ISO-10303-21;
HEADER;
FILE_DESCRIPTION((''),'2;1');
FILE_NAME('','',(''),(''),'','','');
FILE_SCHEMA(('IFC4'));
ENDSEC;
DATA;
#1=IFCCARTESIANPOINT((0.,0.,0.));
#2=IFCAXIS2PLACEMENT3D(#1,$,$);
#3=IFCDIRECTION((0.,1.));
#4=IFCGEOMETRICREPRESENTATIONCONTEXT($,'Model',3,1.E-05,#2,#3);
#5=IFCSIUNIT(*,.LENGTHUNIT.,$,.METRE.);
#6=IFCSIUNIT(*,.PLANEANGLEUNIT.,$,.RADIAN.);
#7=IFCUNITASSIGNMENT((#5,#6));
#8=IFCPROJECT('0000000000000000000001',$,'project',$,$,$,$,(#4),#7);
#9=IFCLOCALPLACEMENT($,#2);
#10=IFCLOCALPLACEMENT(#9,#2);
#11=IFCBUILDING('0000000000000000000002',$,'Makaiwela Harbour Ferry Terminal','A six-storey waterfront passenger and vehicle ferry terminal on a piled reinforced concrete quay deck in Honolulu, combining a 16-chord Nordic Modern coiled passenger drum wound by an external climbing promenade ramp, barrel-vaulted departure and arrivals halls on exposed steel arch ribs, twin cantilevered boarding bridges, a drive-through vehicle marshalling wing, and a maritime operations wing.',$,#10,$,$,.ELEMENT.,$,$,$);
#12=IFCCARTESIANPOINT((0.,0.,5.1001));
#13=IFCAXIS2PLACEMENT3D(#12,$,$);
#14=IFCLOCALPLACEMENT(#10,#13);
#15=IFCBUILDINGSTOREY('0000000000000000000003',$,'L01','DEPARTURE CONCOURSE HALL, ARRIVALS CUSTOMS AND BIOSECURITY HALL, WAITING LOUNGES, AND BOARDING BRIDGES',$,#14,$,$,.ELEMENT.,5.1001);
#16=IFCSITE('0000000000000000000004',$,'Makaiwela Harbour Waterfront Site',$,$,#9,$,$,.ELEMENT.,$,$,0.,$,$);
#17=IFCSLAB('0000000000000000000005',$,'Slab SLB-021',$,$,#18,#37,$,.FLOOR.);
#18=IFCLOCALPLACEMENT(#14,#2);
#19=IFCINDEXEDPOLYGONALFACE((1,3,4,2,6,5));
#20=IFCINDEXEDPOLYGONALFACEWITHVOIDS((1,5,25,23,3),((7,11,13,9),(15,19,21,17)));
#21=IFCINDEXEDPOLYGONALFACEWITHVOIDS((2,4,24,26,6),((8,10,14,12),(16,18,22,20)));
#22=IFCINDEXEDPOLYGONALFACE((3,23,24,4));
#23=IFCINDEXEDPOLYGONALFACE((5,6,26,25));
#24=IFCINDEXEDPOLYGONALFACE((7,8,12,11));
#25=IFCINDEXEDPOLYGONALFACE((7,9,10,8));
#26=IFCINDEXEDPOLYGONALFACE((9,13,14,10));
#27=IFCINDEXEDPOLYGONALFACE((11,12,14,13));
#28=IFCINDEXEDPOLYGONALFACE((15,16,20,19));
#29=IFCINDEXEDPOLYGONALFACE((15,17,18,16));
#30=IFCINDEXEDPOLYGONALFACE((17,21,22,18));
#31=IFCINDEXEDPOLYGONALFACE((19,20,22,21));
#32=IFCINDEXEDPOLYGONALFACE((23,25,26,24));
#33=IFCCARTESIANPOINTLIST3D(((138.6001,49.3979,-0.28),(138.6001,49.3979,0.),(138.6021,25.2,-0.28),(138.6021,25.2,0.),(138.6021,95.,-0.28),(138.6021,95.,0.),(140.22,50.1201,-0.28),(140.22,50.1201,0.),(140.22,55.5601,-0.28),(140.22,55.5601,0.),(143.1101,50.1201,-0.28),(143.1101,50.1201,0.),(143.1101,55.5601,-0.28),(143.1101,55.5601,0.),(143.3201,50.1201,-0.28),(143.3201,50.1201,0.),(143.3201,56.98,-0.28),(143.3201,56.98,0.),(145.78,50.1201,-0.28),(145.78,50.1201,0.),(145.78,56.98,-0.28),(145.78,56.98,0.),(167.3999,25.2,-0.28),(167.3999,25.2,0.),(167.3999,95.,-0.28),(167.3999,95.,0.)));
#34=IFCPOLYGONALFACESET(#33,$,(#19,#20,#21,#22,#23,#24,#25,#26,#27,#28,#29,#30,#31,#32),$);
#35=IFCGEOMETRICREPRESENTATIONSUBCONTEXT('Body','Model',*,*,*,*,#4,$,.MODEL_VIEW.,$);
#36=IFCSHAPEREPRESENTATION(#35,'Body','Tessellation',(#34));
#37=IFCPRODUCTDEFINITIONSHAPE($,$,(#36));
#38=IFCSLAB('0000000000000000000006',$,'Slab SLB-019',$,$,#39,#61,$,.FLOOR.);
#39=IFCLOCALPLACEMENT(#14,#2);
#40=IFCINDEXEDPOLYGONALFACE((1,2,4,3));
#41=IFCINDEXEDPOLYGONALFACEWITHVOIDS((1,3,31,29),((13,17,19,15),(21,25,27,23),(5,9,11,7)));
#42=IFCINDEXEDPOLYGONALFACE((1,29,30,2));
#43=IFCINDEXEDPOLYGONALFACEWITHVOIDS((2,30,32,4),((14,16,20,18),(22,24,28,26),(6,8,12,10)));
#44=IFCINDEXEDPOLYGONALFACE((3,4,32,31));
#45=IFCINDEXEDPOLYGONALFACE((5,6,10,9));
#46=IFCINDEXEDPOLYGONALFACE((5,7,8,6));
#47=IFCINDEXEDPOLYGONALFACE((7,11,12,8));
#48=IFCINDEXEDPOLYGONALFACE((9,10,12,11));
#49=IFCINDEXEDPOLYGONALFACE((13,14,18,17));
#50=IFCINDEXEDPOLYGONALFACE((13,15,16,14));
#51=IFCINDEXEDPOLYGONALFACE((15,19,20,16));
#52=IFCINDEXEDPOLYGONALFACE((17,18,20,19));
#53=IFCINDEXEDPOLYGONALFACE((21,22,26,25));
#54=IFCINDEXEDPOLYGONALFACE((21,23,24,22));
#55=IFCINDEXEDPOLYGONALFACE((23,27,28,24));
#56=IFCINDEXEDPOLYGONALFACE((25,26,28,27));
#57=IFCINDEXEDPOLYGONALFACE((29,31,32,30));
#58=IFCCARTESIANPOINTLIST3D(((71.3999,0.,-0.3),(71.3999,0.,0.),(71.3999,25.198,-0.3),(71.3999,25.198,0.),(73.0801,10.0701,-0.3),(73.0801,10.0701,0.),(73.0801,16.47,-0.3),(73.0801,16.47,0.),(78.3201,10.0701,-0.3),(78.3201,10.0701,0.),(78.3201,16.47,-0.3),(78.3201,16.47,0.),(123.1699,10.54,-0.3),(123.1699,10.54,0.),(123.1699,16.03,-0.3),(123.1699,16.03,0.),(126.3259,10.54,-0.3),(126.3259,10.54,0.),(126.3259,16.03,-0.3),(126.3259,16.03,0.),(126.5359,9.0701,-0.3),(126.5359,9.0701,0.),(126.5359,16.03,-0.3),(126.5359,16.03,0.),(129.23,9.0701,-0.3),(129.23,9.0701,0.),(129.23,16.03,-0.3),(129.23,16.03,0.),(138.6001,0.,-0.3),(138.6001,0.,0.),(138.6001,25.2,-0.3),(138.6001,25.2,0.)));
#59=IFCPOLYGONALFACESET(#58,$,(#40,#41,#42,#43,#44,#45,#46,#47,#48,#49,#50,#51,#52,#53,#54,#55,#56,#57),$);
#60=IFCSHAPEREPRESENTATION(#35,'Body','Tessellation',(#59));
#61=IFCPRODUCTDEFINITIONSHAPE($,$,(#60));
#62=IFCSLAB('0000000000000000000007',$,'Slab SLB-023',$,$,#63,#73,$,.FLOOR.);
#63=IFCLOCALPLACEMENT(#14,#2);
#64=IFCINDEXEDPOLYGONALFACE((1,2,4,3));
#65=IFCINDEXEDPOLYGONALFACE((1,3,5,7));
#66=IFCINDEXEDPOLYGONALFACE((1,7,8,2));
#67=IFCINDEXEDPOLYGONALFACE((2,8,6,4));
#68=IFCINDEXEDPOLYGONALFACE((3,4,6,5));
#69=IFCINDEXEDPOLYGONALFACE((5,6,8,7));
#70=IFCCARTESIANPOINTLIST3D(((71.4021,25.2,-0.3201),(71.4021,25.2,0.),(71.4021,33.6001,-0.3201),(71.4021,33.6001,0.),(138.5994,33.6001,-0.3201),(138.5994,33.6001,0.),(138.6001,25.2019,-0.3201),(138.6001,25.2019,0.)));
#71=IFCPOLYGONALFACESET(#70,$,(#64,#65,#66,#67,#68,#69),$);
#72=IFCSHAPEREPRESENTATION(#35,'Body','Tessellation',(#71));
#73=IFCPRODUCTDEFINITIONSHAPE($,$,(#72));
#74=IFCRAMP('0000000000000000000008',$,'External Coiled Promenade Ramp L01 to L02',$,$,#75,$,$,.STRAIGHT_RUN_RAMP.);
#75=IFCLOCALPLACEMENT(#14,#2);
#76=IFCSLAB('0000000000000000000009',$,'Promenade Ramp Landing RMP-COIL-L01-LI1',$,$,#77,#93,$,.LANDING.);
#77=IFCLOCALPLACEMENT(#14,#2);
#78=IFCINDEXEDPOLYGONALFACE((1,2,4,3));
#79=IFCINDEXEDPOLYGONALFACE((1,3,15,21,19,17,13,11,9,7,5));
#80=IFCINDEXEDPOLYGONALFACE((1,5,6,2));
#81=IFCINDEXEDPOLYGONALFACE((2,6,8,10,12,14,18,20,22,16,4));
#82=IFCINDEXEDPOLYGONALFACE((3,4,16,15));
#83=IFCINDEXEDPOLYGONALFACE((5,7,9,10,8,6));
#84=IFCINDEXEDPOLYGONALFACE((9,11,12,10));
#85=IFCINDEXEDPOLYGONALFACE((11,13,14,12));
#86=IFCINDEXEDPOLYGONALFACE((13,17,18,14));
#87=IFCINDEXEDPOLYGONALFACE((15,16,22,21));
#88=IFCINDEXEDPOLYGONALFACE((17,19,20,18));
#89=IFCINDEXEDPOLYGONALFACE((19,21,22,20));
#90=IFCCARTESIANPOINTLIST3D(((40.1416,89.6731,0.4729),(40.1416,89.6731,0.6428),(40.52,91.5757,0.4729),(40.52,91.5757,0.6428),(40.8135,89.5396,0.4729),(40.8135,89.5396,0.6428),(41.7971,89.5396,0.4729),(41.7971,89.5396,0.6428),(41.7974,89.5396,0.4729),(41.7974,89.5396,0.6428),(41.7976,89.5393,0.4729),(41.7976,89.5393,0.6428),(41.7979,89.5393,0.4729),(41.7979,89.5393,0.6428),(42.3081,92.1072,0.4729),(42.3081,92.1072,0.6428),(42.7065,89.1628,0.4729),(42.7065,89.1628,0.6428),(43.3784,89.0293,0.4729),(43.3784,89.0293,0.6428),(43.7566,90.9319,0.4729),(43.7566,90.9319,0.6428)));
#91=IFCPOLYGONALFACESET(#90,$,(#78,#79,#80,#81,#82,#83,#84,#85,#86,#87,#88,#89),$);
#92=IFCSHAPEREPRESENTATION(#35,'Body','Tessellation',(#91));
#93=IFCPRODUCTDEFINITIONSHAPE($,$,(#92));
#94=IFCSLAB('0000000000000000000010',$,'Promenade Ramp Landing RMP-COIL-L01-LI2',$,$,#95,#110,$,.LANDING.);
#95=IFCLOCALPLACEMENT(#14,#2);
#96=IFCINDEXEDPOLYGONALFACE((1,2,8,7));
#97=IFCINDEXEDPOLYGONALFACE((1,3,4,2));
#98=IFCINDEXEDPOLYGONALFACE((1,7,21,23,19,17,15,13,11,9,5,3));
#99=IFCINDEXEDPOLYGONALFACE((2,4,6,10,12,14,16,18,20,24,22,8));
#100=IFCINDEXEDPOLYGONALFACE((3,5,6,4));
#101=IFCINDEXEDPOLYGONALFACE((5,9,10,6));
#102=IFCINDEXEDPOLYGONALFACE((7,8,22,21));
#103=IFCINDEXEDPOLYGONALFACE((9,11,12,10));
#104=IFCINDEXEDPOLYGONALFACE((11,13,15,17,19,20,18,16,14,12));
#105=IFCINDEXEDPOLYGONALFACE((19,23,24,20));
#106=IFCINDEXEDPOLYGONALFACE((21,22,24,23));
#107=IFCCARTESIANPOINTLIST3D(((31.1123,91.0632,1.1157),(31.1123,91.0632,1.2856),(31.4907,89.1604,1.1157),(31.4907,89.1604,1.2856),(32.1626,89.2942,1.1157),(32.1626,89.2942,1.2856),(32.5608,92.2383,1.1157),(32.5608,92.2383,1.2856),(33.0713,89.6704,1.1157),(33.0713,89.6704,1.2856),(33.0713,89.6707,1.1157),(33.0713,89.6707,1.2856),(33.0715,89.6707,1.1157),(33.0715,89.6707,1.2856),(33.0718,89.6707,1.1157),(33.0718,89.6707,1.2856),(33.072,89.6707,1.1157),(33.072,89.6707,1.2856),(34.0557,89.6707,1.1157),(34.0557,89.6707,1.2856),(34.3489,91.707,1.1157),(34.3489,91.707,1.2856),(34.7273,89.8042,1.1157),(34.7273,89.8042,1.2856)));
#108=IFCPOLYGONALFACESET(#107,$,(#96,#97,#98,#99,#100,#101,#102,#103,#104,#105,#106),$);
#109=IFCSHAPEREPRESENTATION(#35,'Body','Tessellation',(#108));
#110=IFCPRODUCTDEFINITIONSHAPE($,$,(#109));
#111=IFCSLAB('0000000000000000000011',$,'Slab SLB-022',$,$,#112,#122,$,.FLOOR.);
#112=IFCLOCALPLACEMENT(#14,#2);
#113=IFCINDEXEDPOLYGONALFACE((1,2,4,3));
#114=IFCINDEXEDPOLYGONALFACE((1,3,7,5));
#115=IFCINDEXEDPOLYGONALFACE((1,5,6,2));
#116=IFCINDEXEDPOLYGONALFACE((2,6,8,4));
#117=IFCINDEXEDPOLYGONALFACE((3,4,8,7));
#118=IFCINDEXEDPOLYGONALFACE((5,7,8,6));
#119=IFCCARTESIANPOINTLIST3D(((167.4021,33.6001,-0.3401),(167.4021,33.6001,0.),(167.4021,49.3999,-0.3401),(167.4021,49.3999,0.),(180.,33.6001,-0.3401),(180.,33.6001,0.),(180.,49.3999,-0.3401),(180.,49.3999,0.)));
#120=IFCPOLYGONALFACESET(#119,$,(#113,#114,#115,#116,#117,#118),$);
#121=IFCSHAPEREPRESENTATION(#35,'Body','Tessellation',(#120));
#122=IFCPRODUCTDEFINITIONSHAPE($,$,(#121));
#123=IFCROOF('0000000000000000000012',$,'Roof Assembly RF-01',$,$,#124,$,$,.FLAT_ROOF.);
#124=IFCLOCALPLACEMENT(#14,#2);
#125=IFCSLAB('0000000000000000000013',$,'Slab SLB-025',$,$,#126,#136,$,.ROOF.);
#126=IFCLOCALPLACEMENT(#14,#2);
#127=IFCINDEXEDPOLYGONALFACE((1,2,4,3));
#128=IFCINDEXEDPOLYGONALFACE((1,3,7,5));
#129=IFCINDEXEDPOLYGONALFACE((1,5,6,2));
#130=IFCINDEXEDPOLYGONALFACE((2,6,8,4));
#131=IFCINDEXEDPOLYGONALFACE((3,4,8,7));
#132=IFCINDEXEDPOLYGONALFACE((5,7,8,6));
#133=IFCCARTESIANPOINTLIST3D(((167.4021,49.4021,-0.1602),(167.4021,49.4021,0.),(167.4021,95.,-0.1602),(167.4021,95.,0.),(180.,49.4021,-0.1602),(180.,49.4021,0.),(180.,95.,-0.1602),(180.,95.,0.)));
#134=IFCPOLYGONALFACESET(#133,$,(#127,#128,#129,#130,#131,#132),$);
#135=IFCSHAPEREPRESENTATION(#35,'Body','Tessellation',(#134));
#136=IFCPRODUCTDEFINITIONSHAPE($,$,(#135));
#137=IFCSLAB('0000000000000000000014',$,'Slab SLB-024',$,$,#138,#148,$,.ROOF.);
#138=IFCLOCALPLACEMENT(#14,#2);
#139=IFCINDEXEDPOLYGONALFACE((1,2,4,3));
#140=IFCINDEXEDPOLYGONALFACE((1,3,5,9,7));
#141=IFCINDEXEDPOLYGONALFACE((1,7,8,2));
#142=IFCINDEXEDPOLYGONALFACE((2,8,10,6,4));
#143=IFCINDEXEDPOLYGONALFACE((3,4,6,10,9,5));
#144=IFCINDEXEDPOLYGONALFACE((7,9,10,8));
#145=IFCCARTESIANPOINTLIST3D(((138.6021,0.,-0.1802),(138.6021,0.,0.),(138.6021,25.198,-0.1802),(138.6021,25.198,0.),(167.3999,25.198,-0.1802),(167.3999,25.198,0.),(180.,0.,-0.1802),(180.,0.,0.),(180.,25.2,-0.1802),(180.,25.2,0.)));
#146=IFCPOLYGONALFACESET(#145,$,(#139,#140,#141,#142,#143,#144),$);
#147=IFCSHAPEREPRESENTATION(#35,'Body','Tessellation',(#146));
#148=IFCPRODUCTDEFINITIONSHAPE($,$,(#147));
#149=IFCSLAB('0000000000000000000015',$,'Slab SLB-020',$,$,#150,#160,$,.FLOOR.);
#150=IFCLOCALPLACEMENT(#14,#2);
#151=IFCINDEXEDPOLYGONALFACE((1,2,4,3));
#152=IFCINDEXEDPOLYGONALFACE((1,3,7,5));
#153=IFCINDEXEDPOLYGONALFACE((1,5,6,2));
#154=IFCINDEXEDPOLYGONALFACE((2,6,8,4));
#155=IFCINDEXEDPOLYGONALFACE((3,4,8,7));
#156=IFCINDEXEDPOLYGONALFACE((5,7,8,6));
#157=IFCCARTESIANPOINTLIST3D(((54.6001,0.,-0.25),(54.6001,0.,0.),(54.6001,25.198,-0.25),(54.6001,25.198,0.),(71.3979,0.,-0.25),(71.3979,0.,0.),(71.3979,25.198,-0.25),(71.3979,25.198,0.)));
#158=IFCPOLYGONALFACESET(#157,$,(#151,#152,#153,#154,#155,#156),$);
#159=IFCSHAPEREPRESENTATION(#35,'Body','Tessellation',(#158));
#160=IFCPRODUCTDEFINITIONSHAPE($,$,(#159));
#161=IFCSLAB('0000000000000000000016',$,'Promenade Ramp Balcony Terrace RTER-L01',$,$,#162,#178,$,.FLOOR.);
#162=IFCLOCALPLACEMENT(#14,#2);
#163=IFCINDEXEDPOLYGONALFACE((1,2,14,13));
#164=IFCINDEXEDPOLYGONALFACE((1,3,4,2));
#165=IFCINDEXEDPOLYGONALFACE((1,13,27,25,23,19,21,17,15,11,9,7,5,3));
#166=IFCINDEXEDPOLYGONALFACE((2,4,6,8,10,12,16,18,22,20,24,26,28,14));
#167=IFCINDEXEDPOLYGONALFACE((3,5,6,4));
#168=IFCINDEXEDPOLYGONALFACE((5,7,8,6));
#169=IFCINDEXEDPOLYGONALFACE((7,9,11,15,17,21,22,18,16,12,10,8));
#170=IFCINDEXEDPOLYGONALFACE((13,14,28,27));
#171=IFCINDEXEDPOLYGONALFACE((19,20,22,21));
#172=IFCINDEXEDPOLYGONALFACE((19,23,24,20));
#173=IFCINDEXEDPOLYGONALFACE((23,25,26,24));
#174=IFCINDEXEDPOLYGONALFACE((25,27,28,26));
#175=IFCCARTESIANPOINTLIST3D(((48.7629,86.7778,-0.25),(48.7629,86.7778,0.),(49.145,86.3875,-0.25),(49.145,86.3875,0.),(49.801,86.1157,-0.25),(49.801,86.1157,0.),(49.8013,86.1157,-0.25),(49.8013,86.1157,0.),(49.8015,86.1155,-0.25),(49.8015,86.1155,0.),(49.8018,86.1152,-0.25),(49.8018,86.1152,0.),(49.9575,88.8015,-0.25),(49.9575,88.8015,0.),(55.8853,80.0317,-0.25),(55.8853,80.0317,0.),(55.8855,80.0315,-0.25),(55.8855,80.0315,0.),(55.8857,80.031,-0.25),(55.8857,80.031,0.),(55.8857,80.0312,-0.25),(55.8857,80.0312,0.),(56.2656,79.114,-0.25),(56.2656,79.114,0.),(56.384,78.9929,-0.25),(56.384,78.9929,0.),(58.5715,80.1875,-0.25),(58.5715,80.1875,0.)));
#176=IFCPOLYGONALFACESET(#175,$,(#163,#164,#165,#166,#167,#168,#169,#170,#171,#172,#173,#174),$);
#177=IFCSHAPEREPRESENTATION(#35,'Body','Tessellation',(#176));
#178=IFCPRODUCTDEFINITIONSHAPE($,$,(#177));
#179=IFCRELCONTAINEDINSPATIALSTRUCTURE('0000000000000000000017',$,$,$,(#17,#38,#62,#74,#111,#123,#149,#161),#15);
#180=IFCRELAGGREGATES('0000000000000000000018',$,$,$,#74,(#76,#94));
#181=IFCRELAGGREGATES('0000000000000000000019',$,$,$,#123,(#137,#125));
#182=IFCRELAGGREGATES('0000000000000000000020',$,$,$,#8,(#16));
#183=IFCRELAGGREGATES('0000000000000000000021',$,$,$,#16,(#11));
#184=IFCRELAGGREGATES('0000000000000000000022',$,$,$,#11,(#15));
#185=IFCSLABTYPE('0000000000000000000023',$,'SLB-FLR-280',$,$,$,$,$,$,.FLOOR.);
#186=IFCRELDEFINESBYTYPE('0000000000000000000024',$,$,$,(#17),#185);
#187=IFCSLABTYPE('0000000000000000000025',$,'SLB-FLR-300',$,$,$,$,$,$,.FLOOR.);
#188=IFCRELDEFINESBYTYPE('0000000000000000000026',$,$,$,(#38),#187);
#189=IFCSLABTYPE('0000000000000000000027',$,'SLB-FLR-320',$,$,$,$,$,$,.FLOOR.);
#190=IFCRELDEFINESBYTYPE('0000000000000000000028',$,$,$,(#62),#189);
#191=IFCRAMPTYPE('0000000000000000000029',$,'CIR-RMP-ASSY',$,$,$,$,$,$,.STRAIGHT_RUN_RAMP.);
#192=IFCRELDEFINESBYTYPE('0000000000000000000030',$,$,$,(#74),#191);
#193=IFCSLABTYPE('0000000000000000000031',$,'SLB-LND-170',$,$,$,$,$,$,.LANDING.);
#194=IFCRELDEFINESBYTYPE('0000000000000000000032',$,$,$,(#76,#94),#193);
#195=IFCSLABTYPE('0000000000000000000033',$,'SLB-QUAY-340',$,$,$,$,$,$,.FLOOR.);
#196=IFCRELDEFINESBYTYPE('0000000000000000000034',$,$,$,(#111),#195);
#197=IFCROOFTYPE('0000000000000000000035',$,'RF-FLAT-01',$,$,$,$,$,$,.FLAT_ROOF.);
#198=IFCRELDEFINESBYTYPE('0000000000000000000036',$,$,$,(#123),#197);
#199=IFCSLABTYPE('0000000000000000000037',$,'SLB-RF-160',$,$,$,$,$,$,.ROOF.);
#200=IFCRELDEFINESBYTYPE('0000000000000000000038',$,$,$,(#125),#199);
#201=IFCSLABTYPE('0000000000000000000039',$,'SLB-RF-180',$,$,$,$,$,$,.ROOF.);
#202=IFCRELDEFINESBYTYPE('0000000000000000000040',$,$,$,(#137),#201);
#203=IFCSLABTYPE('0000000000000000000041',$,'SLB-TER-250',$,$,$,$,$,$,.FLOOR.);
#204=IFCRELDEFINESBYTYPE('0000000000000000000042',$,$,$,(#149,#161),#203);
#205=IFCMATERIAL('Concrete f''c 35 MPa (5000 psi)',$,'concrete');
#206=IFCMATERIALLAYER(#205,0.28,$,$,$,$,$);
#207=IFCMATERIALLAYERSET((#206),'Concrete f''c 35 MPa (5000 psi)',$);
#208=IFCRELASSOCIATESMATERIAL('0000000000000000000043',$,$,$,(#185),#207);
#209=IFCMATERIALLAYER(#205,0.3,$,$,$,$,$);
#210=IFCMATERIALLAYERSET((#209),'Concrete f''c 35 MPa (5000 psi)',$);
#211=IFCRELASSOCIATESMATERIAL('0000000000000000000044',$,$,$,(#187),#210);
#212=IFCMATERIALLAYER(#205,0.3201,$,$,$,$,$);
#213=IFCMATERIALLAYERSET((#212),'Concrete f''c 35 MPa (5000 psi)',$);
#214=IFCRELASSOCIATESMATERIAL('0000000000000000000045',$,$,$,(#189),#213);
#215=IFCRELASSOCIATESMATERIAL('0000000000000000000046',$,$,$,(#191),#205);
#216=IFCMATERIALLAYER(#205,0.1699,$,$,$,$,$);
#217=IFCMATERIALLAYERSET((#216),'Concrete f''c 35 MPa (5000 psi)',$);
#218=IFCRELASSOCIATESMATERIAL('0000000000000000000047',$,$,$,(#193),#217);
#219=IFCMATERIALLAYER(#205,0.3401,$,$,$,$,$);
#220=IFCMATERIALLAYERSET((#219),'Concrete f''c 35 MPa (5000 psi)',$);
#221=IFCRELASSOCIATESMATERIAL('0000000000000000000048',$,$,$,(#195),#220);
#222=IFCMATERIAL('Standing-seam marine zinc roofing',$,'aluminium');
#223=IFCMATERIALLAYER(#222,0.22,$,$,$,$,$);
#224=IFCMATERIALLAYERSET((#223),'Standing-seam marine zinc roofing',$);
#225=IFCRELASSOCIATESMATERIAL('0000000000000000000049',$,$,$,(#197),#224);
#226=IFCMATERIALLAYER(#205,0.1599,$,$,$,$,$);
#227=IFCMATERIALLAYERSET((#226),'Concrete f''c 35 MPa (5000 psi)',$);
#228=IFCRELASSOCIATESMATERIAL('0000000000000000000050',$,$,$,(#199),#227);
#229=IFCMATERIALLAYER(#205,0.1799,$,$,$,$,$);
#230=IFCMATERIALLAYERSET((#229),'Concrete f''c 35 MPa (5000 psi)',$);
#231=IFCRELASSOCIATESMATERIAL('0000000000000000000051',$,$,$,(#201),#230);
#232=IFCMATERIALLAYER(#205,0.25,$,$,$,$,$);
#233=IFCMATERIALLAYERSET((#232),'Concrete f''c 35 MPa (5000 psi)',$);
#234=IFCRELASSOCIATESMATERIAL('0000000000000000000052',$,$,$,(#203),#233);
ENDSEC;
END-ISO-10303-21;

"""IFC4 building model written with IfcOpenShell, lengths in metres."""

from ifc_helpers import new_model, si_unit, direction, frame, origin, place, context, subcontext, project, spatial, polyline, outline, extrude, material, layer, layer_set, type_object, element, aggregate, save


model = new_model("IFC4")

# Units and contexts
model_context = context("Model", 3, precision=1e-05, world=origin(), true_north=direction((0.0, 1.0)))
body_context = subcontext(model_context, "Body", "Model", "MODEL_VIEW")
ifc_project = project(units=[si_unit("LENGTHUNIT", "METRE"), si_unit("PLANEANGLEUNIT", "RADIAN")], contexts=[model_context])

# Site, building, storey
site_placement = place(None, origin())
site = spatial("IfcSite", under=ifc_project, at=site_placement, Name="Makaiwela Harbour Waterfront Site", CompositionType="ELEMENT", RefElevation=0.0)
building_placement = place(site_placement, origin())
building = spatial("IfcBuilding", under=site, at=building_placement, Name="Makaiwela Harbour Ferry Terminal", Description="A six-storey waterfront passenger and vehicle ferry terminal on a piled reinforced concrete quay deck in Honolulu, combining a 16-chord Nordic Modern coiled passenger drum wound by an external climbing promenade ramp, barrel-vaulted departure and arrivals halls on exposed steel arch ribs, twin cantilevered boarding bridges, a drive-through vehicle marshalling wing, and a maritime operations wing.", CompositionType="ELEMENT")
storey_placement = place(building_placement, frame((0.0, 0.0, 5.1001)))
storey = spatial("IfcBuildingStorey", under=building, at=storey_placement, Name="L01", Description="DEPARTURE CONCOURSE HALL, ARRIVALS CUSTOMS AND BIOSECURITY HALL, WAITING LOUNGES, AND BOARDING BRIDGES", CompositionType="ELEMENT", Elevation=5.1001)

# Slabs
ifc_material_1 = material(Name="Concrete f'c 35 MPa (5000 psi)", Category="concrete")
ifc_layer_1 = layer(ifc_material_1, 0.28)
ifc_layer_set_1 = layer_set([ifc_layer_1], Name="Concrete f'c 35 MPa (5000 psi)")
slab_type_1 = type_object("IfcSlabType", Name="SLB-FLR-280", PredefinedType="FLOOR", material=ifc_layer_set_1)
slab_1_placement = place(storey_placement, frame((0.0, 0.0, -0.28)))
element("IfcSlab", 1, at=slab_1_placement, inside=storey, type_object=slab_type_1, Name="Slab SLB-021", PredefinedType="FLOOR", context=body_context, shape_type="SweptSolid", body=[
    extrude(outline(polyline([(138.6021, 95.0), (138.6001, 49.3979), (138.6021, 25.2), (167.3999, 25.2), (167.3999, 95.0), (138.6021, 95.0)]), holes=[polyline([(140.22, 50.1201), (140.22, 55.5601), (143.1101, 55.5601), (143.1101, 50.1201), (140.22, 50.1201)]), polyline([(143.3201, 50.1201), (143.3201, 56.98), (145.78, 56.98), (145.78, 50.1201), (143.3201, 50.1201)])]), origin(), (0.0, 0.0, 1.0), 0.28),
])
ifc_layer_2 = layer(ifc_material_1, 0.3)
ifc_layer_set_2 = layer_set([ifc_layer_2], Name="Concrete f'c 35 MPa (5000 psi)")
slab_type_2 = type_object("IfcSlabType", Name="SLB-FLR-300", PredefinedType="FLOOR", material=ifc_layer_set_2)
slab_2_placement = place(storey_placement, frame((0.0, 0.0, -0.3)))
element("IfcSlab", 2, at=slab_2_placement, inside=storey, type_object=slab_type_2, Name="Slab SLB-019", PredefinedType="FLOOR", context=body_context, shape_type="SweptSolid", body=[
    extrude(outline(polyline([(71.3999, 25.198), (71.3999, 0.0), (138.6001, 0.0), (138.6001, 25.2), (71.3999, 25.198)]), holes=[polyline([(123.1699, 10.54), (123.1699, 16.03), (126.3259, 16.03), (126.3259, 10.54), (123.1699, 10.54)]), polyline([(126.5359, 9.0701), (126.5359, 16.03), (129.23, 16.03), (129.23, 9.0701), (126.5359, 9.0701)]), polyline([(73.0801, 10.0701), (73.0801, 16.47), (78.3201, 16.47), (78.3201, 10.0701), (73.0801, 10.0701)])]), origin(), (0.0, 0.0, 1.0), 0.3),
])
ifc_layer_3 = layer(ifc_material_1, 0.3201)
ifc_layer_set_3 = layer_set([ifc_layer_3], Name="Concrete f'c 35 MPa (5000 psi)")
slab_type_3 = type_object("IfcSlabType", Name="SLB-FLR-320", PredefinedType="FLOOR", material=ifc_layer_set_3)
slab_3_placement = place(storey_placement, frame((0.0, 0.0, -0.3201)))
element("IfcSlab", 3, at=slab_3_placement, inside=storey, type_object=slab_type_3, Name="Slab SLB-023", PredefinedType="FLOOR", context=body_context, shape_type="SweptSolid", body=[
    extrude(outline(polyline([(71.4021, 33.6001), (71.4021, 25.2), (138.6001, 25.2019), (138.5994, 33.6001), (71.4021, 33.6001)])), origin(), (0.0, 0.0, 1.0), 0.3201),
])

# Ramp, slabs
ramp_type = type_object("IfcRampType", Name="CIR-RMP-ASSY", PredefinedType="STRAIGHT_RUN_RAMP", material=ifc_material_1)
ramp_placement = place(storey_placement, origin())
ramp = element("IfcRamp", 4, at=ramp_placement, inside=storey, type_object=ramp_type, Name="External Coiled Promenade Ramp L01 to L02", PredefinedType="STRAIGHT_RUN_RAMP")
ifc_layer_4 = layer(ifc_material_1, 0.1699)
ifc_layer_set_4 = layer_set([ifc_layer_4], Name="Concrete f'c 35 MPa (5000 psi)")
slab_type_4 = type_object("IfcSlabType", Name="SLB-LND-170", PredefinedType="LANDING", material=ifc_layer_set_4)
slab_4_placement = place(storey_placement, frame((0.0, 0.0, 0.4729)))
slab_4 = element("IfcSlab", 5, at=slab_4_placement, type_object=slab_type_4, Name="Promenade Ramp Landing RMP-COIL-L01-LI1", PredefinedType="LANDING", context=body_context, shape_type="SweptSolid", body=[
    extrude(outline(polyline([(40.8135, 89.5396), (41.7971, 89.5396), (41.7971, 89.5396), (41.7974, 89.5396), (41.7976, 89.5393), (41.7979, 89.5393), (42.7065, 89.1628), (43.3784, 89.0293), (43.7566, 90.9319), (42.3081, 92.1072), (40.52, 91.5757), (40.1416, 89.6731), (40.8135, 89.5396)])), origin(), (0.0, 0.0, 1.0), 0.1699),
])
slab_5_placement = place(storey_placement, frame((0.0, 0.0, 1.1157)))
slab_5 = element("IfcSlab", 6, at=slab_5_placement, type_object=slab_type_4, Name="Promenade Ramp Landing RMP-COIL-L01-LI2", PredefinedType="LANDING", context=body_context, shape_type="SweptSolid", body=[
    extrude(outline(polyline([(32.1626, 89.2942), (33.0713, 89.6704), (33.0713, 89.6707), (33.0715, 89.6707), (33.0718, 89.6707), (33.072, 89.6707), (34.0557, 89.6707), (34.7273, 89.8042), (34.3489, 91.707), (32.5608, 92.2383), (31.1123, 91.0632), (31.4907, 89.1604), (32.1626, 89.2942)])), origin(), (0.0, 0.0, 1.0), 0.1699),
])
aggregate(ramp, [slab_4, slab_5])

# Slab
ifc_layer_5 = layer(ifc_material_1, 0.3401)
ifc_layer_set_5 = layer_set([ifc_layer_5], Name="Concrete f'c 35 MPa (5000 psi)")
slab_type_5 = type_object("IfcSlabType", Name="SLB-QUAY-340", PredefinedType="FLOOR", material=ifc_layer_set_5)
slab_6_placement = place(storey_placement, frame((0.0, 0.0, -0.3401)))
element("IfcSlab", 7, at=slab_6_placement, inside=storey, type_object=slab_type_5, Name="Slab SLB-022", PredefinedType="FLOOR", context=body_context, shape_type="SweptSolid", body=[
    extrude(outline(polyline([(167.4021, 49.3999), (167.4021, 33.6001), (180.0, 33.6001), (180.0, 49.3999), (167.4021, 49.3999)])), origin(), (0.0, 0.0, 1.0), 0.3401),
])

# Roof, slabs
ifc_material_2 = material(Name="Standing-seam marine zinc roofing", Category="aluminium")
ifc_layer_6 = layer(ifc_material_2, 0.22)
ifc_layer_set_6 = layer_set([ifc_layer_6], Name="Standing-seam marine zinc roofing")
roof_type = type_object("IfcRoofType", Name="RF-FLAT-01", PredefinedType="FLAT_ROOF", material=ifc_layer_set_6)
roof_placement = place(storey_placement, origin())
roof = element("IfcRoof", 8, at=roof_placement, inside=storey, type_object=roof_type, Name="Roof Assembly RF-01", PredefinedType="FLAT_ROOF")
ifc_layer_7 = layer(ifc_material_1, 0.1599)
ifc_layer_set_7 = layer_set([ifc_layer_7], Name="Concrete f'c 35 MPa (5000 psi)")
slab_type_6 = type_object("IfcSlabType", Name="SLB-RF-160", PredefinedType="ROOF", material=ifc_layer_set_7)
slab_7_placement = place(storey_placement, frame((0.0, 0.0, -0.1602)))
slab_7 = element("IfcSlab", 9, at=slab_7_placement, type_object=slab_type_6, Name="Slab SLB-025", PredefinedType="ROOF", context=body_context, shape_type="SweptSolid", body=[
    extrude(outline(polyline([(167.4021, 95.0), (167.4021, 49.4021), (180.0, 49.4021), (180.0, 95.0), (167.4021, 95.0)])), origin(), (0.0, 0.0, 1.0), 0.1602),
])
ifc_layer_8 = layer(ifc_material_1, 0.1799)
ifc_layer_set_8 = layer_set([ifc_layer_8], Name="Concrete f'c 35 MPa (5000 psi)")
slab_type_7 = type_object("IfcSlabType", Name="SLB-RF-180", PredefinedType="ROOF", material=ifc_layer_set_8)
slab_8_placement = place(storey_placement, frame((0.0, 0.0, -0.1802)))
slab_8 = element("IfcSlab", 10, at=slab_8_placement, type_object=slab_type_7, Name="Slab SLB-024", PredefinedType="ROOF", context=body_context, shape_type="SweptSolid", body=[
    extrude(outline(polyline([(167.3999, 25.198), (138.6021, 25.198), (138.6021, 0.0), (180.0, 0.0), (180.0, 25.2), (167.3999, 25.198)])), origin(), (0.0, 0.0, 1.0), 0.1802),
])
aggregate(roof, [slab_8, slab_7])

# Slabs
ifc_layer_9 = layer(ifc_material_1, 0.25)
ifc_layer_set_9 = layer_set([ifc_layer_9], Name="Concrete f'c 35 MPa (5000 psi)")
slab_type_8 = type_object("IfcSlabType", Name="SLB-TER-250", PredefinedType="FLOOR", material=ifc_layer_set_9)
slab_9_placement = place(storey_placement, frame((0.0, 0.0, -0.25)))
element("IfcSlab", 11, at=slab_9_placement, inside=storey, type_object=slab_type_8, Name="Slab SLB-020", PredefinedType="FLOOR", context=body_context, shape_type="SweptSolid", body=[
    extrude(outline(polyline([(71.3979, 0.0), (71.3979, 25.198), (54.6001, 25.198), (54.6001, 0.0), (71.3979, 0.0)])), origin(), (0.0, 0.0, 1.0), 0.25),
])
slab_10_placement = place(storey_placement, frame((0.0, 0.0, -0.25)))
element("IfcSlab", 12, at=slab_10_placement, inside=storey, type_object=slab_type_8, Name="Promenade Ramp Balcony Terrace RTER-L01", PredefinedType="FLOOR", context=body_context, shape_type="SweptSolid", body=[
    extrude(outline(polyline([(49.145, 86.3875), (49.801, 86.1157), (49.8013, 86.1157), (49.8015, 86.1155), (49.8015, 86.1155), (49.8018, 86.1152), (55.8853, 80.0317), (55.8855, 80.0315), (55.8855, 80.0315), (55.8857, 80.0312), (55.8857, 80.031), (56.2656, 79.114), (56.384, 78.9929), (58.5715, 80.1875), (49.9575, 88.8015), (48.7629, 86.7778), (49.145, 86.3875)])), origin(), (0.0, 0.0, 1.0), 0.25),
])

save(model, "model.ifc")
